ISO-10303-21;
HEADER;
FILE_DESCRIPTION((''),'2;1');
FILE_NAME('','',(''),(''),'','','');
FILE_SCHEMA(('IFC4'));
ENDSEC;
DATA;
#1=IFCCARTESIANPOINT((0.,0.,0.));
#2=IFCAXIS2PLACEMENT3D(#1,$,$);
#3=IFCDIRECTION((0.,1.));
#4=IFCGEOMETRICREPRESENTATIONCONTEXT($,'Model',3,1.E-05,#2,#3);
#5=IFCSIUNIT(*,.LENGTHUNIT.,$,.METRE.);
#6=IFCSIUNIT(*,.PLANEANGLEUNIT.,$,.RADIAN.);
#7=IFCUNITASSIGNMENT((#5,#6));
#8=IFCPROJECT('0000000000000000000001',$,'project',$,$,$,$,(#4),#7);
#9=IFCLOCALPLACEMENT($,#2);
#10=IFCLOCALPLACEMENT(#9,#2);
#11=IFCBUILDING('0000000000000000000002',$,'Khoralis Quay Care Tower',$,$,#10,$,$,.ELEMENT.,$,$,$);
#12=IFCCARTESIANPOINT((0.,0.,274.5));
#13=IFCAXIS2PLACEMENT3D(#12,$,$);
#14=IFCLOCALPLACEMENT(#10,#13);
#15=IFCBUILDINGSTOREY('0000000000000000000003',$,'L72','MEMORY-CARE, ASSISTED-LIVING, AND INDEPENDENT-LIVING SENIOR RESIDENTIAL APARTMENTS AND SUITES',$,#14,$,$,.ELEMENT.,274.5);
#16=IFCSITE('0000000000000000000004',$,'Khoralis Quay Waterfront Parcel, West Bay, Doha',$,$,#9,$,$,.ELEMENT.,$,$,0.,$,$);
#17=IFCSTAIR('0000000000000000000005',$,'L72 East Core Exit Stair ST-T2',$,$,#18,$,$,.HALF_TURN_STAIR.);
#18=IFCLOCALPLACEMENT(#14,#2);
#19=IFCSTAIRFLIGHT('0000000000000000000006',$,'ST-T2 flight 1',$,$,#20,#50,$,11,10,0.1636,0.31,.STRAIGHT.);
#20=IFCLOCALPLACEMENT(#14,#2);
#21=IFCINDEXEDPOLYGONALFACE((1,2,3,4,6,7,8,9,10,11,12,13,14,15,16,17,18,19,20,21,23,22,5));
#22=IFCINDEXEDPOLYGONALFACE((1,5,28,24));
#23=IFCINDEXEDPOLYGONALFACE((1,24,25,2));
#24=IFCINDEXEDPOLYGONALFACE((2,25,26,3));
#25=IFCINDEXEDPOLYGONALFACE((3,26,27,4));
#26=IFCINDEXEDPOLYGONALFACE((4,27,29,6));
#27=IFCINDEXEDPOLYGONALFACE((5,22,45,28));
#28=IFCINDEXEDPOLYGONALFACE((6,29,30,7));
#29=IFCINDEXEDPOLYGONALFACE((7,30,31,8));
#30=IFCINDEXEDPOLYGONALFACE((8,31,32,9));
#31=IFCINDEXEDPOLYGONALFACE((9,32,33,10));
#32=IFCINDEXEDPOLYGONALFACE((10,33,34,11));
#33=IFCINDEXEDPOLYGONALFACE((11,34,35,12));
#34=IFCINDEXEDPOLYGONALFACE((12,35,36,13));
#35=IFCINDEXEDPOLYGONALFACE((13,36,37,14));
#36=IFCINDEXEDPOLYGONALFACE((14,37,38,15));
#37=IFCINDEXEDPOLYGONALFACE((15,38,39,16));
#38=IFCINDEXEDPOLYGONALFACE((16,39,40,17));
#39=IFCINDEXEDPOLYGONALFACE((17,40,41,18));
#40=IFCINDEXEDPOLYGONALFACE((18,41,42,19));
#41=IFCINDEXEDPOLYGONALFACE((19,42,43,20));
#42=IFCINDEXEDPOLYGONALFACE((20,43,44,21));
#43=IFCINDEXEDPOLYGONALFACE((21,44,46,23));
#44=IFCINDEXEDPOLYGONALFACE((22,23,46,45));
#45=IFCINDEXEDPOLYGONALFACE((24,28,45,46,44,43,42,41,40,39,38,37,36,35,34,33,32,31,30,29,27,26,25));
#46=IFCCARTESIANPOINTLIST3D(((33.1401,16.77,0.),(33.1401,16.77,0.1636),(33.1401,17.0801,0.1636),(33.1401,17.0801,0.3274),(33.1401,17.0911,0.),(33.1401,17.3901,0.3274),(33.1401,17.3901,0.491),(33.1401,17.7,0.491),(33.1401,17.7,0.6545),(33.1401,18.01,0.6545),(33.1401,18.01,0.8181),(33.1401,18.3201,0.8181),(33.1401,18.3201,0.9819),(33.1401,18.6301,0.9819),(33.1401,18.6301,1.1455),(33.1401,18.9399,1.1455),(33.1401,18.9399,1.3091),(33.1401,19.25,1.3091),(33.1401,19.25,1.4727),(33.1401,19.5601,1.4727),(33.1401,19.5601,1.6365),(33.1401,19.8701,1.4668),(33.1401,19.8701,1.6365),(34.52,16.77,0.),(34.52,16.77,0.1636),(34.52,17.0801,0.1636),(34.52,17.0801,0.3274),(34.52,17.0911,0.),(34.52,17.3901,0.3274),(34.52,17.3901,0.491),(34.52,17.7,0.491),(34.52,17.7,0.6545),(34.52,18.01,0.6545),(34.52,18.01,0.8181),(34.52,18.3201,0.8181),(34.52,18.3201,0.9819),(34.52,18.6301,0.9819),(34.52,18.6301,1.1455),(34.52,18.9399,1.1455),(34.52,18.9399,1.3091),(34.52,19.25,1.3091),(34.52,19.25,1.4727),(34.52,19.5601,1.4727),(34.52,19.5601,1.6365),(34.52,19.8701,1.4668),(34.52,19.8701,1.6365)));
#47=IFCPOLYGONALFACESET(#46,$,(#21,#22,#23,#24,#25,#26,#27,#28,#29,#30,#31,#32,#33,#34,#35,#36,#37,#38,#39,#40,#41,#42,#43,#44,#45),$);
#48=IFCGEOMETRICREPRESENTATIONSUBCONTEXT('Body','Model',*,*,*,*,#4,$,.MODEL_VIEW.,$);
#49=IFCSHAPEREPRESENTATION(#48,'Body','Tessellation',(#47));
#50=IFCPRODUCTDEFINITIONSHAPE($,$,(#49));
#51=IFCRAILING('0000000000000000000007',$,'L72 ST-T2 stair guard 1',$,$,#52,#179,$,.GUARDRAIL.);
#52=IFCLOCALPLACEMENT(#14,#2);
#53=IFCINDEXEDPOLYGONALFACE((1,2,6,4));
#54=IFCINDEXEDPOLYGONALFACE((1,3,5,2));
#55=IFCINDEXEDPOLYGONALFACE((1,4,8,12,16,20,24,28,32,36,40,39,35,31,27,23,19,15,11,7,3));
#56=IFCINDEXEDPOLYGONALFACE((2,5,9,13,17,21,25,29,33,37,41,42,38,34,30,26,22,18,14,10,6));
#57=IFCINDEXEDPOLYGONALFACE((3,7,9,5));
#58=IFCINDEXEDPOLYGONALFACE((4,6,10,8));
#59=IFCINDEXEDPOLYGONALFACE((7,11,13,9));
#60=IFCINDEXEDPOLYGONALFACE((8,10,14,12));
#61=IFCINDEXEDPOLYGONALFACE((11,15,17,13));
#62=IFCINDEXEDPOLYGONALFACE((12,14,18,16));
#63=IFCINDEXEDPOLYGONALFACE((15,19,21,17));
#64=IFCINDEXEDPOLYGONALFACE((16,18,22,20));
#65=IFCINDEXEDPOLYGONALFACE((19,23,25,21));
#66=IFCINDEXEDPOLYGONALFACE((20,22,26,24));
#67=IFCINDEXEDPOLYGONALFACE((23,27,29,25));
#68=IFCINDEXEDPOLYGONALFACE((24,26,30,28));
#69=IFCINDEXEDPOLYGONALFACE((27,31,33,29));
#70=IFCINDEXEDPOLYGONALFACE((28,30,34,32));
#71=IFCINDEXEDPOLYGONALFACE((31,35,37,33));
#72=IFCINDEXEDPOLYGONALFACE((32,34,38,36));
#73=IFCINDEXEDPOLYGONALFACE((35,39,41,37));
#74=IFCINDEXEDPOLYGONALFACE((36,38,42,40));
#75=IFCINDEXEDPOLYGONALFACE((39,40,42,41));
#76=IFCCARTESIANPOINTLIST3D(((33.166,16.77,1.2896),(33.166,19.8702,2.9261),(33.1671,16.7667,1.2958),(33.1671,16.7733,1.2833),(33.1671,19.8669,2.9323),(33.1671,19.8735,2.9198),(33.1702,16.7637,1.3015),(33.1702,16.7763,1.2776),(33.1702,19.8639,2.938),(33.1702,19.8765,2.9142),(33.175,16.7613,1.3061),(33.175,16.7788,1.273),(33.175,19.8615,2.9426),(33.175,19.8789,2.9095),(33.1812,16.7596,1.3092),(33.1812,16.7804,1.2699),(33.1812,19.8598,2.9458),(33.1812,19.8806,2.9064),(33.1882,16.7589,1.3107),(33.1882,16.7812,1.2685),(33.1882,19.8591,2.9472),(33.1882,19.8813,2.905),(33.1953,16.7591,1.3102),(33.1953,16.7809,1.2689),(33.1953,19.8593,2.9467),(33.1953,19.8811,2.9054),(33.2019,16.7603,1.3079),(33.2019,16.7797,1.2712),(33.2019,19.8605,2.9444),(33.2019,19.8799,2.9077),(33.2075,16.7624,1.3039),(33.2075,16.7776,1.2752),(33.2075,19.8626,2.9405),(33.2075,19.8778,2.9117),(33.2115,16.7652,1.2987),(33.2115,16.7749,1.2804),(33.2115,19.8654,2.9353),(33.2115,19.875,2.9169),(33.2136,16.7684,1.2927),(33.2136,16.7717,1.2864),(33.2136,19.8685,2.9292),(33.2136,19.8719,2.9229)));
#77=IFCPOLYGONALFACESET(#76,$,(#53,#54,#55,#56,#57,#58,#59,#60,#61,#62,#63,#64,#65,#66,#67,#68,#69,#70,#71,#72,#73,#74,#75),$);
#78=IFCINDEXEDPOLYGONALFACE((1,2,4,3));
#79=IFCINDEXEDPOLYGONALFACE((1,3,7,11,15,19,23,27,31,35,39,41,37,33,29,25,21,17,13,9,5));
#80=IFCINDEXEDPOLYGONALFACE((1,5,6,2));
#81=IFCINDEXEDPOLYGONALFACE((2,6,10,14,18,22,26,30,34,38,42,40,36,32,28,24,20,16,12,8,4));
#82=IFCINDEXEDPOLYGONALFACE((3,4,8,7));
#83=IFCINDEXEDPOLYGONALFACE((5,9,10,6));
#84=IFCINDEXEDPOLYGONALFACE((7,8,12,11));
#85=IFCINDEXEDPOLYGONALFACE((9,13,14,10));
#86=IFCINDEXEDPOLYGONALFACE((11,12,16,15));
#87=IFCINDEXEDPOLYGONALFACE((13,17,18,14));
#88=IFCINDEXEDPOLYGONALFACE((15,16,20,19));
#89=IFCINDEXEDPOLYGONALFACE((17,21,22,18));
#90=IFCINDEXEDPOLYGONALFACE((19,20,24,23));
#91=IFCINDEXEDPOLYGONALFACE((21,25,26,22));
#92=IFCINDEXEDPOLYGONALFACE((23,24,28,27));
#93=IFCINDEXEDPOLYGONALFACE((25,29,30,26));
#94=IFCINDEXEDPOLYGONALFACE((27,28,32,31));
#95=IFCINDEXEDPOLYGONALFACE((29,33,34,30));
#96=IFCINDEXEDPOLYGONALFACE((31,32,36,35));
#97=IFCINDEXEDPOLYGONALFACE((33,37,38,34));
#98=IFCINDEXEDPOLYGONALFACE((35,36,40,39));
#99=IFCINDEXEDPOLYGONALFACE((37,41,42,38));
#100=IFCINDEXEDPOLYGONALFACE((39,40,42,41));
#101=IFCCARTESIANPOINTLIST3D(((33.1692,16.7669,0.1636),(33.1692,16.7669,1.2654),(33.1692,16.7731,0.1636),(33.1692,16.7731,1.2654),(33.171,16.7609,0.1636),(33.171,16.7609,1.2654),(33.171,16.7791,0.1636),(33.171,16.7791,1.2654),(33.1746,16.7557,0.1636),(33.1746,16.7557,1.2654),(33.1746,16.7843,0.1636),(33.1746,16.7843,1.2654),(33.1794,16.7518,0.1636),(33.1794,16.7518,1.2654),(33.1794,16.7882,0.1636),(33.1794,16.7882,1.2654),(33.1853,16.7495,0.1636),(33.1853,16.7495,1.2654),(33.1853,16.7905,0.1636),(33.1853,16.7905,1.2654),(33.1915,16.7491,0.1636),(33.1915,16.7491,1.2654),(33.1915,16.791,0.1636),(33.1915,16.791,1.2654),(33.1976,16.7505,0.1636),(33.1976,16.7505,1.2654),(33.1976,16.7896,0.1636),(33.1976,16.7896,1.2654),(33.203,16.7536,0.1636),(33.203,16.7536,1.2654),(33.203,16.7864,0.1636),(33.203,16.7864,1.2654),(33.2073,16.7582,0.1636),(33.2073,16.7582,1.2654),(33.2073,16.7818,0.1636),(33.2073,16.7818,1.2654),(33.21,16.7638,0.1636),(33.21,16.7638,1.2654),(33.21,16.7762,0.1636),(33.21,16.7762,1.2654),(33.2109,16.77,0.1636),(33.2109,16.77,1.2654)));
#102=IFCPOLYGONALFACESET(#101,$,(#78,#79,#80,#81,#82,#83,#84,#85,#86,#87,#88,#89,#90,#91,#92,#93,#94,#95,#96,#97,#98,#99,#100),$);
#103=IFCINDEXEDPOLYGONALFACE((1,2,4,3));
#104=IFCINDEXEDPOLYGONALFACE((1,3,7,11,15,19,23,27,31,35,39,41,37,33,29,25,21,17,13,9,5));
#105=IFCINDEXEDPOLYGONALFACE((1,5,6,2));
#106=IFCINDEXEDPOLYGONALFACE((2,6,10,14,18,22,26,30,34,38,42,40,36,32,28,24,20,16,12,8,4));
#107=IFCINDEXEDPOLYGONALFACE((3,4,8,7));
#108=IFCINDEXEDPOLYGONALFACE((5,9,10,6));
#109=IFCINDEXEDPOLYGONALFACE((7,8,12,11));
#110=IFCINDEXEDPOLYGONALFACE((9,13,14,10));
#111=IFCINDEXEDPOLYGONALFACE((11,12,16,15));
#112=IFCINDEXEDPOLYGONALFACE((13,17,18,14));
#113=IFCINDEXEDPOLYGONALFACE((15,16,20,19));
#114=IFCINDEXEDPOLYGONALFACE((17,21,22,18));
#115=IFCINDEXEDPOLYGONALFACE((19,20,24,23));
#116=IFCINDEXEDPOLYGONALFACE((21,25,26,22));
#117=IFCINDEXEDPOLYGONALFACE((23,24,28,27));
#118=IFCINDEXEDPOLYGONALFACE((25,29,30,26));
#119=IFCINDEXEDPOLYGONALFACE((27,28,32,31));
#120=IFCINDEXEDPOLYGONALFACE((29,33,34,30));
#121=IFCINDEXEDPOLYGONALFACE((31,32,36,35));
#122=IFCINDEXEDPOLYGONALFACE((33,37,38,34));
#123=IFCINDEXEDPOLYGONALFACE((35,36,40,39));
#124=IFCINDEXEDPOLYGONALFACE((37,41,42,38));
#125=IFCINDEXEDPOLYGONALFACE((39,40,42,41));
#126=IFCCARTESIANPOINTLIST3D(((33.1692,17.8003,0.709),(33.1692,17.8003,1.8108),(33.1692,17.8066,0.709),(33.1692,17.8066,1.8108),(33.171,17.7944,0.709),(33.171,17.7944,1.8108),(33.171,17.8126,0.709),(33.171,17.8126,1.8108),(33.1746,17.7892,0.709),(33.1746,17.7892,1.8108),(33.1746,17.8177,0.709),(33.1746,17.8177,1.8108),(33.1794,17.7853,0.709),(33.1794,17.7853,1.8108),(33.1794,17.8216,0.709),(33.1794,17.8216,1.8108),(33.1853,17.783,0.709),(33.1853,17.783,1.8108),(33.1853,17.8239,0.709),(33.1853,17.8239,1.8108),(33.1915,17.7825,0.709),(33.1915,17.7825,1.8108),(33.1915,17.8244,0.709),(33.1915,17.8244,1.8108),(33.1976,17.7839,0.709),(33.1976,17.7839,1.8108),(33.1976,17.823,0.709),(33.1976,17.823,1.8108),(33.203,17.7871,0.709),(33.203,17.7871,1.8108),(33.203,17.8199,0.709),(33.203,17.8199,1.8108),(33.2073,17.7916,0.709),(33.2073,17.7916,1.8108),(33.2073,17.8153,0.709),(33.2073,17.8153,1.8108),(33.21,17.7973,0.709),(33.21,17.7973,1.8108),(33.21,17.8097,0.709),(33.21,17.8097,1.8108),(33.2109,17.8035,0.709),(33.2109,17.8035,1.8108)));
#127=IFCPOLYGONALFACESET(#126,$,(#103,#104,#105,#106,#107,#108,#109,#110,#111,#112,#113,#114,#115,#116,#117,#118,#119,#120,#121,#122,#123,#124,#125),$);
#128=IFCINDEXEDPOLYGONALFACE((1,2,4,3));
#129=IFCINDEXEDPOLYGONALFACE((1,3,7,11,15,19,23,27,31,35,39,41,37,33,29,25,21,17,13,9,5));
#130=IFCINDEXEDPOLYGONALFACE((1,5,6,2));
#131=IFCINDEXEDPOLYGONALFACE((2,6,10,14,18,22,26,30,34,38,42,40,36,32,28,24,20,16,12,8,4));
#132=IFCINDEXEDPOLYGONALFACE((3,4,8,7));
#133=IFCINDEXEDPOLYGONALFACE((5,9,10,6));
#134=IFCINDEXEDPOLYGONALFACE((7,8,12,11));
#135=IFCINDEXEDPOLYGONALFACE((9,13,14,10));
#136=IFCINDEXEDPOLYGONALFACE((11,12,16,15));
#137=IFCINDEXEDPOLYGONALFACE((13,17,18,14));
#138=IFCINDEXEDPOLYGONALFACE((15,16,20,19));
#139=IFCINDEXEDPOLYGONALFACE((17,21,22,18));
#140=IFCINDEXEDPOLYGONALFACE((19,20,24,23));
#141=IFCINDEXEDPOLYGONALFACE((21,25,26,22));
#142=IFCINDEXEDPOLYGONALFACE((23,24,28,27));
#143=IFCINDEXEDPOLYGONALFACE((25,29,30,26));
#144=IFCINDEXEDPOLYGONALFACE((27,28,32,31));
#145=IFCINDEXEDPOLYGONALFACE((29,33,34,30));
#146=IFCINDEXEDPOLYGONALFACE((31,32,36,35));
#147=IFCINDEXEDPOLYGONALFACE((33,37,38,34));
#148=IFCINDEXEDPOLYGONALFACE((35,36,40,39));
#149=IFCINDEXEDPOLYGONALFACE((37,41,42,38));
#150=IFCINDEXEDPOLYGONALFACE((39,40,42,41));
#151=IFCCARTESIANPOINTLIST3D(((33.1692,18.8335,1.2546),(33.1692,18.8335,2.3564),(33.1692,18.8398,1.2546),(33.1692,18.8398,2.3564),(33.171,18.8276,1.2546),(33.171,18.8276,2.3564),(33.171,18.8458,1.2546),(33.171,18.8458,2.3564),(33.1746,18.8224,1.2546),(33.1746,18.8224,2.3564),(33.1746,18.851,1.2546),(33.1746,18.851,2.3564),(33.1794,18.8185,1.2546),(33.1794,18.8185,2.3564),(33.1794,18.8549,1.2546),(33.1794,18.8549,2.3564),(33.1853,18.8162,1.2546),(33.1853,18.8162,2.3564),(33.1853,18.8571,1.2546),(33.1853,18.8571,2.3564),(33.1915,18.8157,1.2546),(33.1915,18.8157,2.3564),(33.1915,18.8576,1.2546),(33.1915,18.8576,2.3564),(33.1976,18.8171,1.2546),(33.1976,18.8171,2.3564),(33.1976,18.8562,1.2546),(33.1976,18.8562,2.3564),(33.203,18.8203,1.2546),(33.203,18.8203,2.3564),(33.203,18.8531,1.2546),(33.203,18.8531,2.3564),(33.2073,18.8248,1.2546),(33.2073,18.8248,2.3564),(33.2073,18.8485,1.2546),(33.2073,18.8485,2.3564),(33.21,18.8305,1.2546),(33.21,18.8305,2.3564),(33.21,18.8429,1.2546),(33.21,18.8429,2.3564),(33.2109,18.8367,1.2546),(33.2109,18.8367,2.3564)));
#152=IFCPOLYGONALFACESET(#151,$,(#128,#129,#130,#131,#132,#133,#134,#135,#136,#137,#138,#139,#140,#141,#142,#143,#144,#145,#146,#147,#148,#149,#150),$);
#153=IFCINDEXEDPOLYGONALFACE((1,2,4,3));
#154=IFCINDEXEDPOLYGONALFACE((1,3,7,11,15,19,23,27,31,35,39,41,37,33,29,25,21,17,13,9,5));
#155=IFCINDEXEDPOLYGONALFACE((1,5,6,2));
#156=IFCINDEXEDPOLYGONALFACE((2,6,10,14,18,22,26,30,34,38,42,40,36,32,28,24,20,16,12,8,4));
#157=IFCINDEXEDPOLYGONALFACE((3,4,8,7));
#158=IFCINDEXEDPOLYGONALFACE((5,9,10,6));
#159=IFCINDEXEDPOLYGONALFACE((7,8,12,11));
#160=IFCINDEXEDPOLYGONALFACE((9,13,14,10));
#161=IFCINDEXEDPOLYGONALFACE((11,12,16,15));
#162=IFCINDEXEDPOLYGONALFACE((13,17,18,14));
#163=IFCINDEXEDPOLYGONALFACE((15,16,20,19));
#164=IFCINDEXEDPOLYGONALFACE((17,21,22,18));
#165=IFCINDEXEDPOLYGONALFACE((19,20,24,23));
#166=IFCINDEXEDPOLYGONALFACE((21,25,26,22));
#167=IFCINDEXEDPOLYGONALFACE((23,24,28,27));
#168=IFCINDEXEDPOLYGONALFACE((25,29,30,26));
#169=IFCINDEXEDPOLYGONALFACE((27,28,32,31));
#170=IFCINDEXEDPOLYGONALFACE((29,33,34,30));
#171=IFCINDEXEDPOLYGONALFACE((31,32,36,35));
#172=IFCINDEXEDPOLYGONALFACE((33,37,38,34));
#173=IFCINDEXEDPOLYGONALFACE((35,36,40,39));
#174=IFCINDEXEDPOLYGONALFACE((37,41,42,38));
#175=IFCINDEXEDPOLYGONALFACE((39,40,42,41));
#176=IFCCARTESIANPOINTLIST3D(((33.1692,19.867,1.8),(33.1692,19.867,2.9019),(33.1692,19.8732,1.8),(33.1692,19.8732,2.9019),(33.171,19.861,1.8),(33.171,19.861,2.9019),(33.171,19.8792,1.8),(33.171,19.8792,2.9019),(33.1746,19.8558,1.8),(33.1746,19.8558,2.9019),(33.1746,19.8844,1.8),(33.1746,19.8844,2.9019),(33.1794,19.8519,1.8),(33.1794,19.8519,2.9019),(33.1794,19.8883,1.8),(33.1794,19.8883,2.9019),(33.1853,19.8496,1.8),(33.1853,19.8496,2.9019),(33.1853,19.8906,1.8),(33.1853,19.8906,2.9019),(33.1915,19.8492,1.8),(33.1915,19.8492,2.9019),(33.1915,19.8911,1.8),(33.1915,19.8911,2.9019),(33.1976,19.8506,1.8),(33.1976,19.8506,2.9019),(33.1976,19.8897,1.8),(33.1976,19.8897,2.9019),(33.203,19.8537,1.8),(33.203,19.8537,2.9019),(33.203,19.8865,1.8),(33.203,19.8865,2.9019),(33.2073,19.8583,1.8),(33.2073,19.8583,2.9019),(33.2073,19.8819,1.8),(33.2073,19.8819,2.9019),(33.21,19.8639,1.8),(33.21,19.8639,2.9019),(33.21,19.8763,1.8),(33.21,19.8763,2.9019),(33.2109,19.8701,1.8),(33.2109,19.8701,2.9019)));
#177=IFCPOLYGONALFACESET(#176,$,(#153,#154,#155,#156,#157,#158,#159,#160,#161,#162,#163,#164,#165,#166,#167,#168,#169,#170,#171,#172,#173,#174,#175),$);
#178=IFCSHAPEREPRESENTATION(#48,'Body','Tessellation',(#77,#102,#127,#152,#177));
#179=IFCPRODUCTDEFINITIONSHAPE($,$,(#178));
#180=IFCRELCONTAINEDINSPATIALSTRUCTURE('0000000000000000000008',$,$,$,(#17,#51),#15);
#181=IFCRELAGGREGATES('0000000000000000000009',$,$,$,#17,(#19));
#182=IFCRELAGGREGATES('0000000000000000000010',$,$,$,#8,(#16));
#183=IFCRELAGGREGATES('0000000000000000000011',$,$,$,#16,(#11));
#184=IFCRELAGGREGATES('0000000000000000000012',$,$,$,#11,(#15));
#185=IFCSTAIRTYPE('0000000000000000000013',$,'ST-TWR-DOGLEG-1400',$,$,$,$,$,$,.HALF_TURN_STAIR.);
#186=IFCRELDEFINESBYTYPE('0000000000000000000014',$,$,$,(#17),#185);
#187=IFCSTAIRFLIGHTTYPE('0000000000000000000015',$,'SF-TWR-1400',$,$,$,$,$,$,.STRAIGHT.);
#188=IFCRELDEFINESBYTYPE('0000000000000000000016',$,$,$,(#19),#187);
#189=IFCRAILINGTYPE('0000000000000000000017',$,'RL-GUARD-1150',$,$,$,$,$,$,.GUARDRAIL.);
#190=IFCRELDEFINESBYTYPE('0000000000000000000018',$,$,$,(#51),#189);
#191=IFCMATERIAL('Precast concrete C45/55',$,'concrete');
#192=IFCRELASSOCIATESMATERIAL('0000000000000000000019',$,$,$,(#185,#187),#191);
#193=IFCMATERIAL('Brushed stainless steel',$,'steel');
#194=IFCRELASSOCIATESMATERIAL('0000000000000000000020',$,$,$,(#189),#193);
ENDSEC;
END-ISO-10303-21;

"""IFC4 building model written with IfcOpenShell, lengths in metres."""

from ifc_helpers import new_model, si_unit, direction, frame, origin, origin_2d, place, context, subcontext, project, spatial, polyline, circle, outline, extrude, source, transform, mapped, material, type_object, element, aggregate, save


model = new_model("IFC4")

# Units and contexts
model_context = context("Model", 3, precision=1e-05, world=origin(), true_north=direction((0.0, 1.0)))
body_context = subcontext(model_context, "Body", "Model", "MODEL_VIEW")
ifc_project = project(units=[si_unit("LENGTHUNIT", "METRE"), si_unit("PLANEANGLEUNIT", "RADIAN")], contexts=[model_context])

# Site, building, storey
site_placement = place(None, origin())
site = spatial("IfcSite", under=ifc_project, at=site_placement, Name="Khoralis Quay Waterfront Parcel, West Bay, Doha", CompositionType="ELEMENT", RefElevation=0.0)
building_placement = place(site_placement, origin())
building = spatial("IfcBuilding", under=site, at=building_placement, Name="Khoralis Quay Care Tower", CompositionType="ELEMENT")
storey_placement = place(building_placement, frame((0.0, 0.0, 274.5)))
storey = spatial("IfcBuildingStorey", under=building, at=storey_placement, Name="L72", Description="MEMORY-CARE, ASSISTED-LIVING, AND INDEPENDENT-LIVING SENIOR RESIDENTIAL APARTMENTS AND SUITES", CompositionType="ELEMENT", Elevation=274.5)

# Shared definitions
ifc_material_1 = material(Name="Brushed stainless steel", Category="steel")

# Stair, stair flight
ifc_material_2 = material(Name="Precast concrete C45/55", Category="concrete")
stair_type = type_object("IfcStairType", Name="ST-TWR-DOGLEG-1400", PredefinedType="HALF_TURN_STAIR", material=ifc_material_2)
stair_placement = place(storey_placement, origin())
stair = element("IfcStair", 1, at=stair_placement, inside=storey, type_object=stair_type, Name="L72 East Core Exit Stair ST-T2", PredefinedType="HALF_TURN_STAIR")
stair_flight_type = type_object("IfcStairFlightType", Name="SF-TWR-1400", PredefinedType="STRAIGHT", material=ifc_material_2)
shared_shape_1 = source(origin(), body_context, "Body", "SweptSolid", [
    extrude(outline(polyline([(0.0, 0.0), (0.0, 0.1636), (0.3101, 0.1636), (0.3101, 0.3274), (0.6201, 0.3274), (0.6201, 0.491), (0.9299, 0.491), (0.9299, 0.6545), (1.24, 0.6545), (1.24, 0.8181), (1.55, 0.8181), (1.55, 0.9819), (1.8601, 0.9819), (1.8601, 1.1455), (2.1699, 1.1455), (2.1699, 1.3091), (2.48, 1.3091), (2.48, 1.4727), (2.79, 1.4727), (2.79, 1.6365), (3.1001, 1.6365), (3.1001, 1.8), (3.1001, 1.4668), (0.321, 0.0), (0.0, 0.0)])), frame((0.0, 0.6899, 0.0), z_axis=(0.0, -1.0, 0.0), x_axis=(1.0, 0.0, 0.0)), (0.0, 0.0, 1.0), 1.3799),
])
stair_flight_placement = place(storey_placement, frame((33.8301, 16.77, 0.0), z_axis=(0.0, 0.0, 1.0), x_axis=(0.0, 1.0, 0.0)))
stair_flight = element("IfcStairFlight", 2, at=stair_flight_placement, type_object=stair_flight_type, Name="ST-T2 flight 1", NumberOfRisers=11, NumberOfTreads=10, PredefinedType="STRAIGHT", RiserHeight=0.1636, TreadLength=0.31, context=body_context, shape_type="MappedRepresentation", body=[
    mapped(shared_shape_1, transform((0.0, 0.0, 0.0), scale=1.0)),
])
aggregate(stair, [stair_flight])

# Railing
railing_type_1 = type_object("IfcRailingType", Name="RL-GUARD-1150", PredefinedType="GUARDRAIL", material=ifc_material_1)
railing_1_placement = place(storey_placement, frame((33.1899, 16.77, 0.1636)))
element("IfcRailing", 3, at=railing_1_placement, inside=storey, type_object=railing_type_1, Name="L72 ST-T2 stair guard 1", PredefinedType="GUARDRAIL", context=body_context, shape_type="SweptSolid", body=[
    extrude(circle(Radius=0.0239, at=origin_2d()), frame((0.0, 0.0, 1.126), z_axis=(0.0, 0.884348, 0.466828), x_axis=(-1.0, 0.0, 0.0)), (0.0, 0.0, 1.0), 3.5056),
    extrude(circle(Radius=0.021, at=origin_2d()), origin(), (0.0, 0.0, 1.0), 1.1018),
    extrude(circle(Radius=0.021, at=origin_2d()), frame((0.0, 1.0334, 0.5454)), (0.0, 0.0, 1.0), 1.1018),
    extrude(circle(Radius=0.021, at=origin_2d()), frame((0.0, 2.0667, 1.0911)), (0.0, 0.0, 1.0), 1.1018),
    extrude(circle(Radius=0.021, at=origin_2d()), frame((0.0, 3.1001, 1.6365)), (0.0, 0.0, 1.0), 1.1018),
])

save(model, "model.ifc")
